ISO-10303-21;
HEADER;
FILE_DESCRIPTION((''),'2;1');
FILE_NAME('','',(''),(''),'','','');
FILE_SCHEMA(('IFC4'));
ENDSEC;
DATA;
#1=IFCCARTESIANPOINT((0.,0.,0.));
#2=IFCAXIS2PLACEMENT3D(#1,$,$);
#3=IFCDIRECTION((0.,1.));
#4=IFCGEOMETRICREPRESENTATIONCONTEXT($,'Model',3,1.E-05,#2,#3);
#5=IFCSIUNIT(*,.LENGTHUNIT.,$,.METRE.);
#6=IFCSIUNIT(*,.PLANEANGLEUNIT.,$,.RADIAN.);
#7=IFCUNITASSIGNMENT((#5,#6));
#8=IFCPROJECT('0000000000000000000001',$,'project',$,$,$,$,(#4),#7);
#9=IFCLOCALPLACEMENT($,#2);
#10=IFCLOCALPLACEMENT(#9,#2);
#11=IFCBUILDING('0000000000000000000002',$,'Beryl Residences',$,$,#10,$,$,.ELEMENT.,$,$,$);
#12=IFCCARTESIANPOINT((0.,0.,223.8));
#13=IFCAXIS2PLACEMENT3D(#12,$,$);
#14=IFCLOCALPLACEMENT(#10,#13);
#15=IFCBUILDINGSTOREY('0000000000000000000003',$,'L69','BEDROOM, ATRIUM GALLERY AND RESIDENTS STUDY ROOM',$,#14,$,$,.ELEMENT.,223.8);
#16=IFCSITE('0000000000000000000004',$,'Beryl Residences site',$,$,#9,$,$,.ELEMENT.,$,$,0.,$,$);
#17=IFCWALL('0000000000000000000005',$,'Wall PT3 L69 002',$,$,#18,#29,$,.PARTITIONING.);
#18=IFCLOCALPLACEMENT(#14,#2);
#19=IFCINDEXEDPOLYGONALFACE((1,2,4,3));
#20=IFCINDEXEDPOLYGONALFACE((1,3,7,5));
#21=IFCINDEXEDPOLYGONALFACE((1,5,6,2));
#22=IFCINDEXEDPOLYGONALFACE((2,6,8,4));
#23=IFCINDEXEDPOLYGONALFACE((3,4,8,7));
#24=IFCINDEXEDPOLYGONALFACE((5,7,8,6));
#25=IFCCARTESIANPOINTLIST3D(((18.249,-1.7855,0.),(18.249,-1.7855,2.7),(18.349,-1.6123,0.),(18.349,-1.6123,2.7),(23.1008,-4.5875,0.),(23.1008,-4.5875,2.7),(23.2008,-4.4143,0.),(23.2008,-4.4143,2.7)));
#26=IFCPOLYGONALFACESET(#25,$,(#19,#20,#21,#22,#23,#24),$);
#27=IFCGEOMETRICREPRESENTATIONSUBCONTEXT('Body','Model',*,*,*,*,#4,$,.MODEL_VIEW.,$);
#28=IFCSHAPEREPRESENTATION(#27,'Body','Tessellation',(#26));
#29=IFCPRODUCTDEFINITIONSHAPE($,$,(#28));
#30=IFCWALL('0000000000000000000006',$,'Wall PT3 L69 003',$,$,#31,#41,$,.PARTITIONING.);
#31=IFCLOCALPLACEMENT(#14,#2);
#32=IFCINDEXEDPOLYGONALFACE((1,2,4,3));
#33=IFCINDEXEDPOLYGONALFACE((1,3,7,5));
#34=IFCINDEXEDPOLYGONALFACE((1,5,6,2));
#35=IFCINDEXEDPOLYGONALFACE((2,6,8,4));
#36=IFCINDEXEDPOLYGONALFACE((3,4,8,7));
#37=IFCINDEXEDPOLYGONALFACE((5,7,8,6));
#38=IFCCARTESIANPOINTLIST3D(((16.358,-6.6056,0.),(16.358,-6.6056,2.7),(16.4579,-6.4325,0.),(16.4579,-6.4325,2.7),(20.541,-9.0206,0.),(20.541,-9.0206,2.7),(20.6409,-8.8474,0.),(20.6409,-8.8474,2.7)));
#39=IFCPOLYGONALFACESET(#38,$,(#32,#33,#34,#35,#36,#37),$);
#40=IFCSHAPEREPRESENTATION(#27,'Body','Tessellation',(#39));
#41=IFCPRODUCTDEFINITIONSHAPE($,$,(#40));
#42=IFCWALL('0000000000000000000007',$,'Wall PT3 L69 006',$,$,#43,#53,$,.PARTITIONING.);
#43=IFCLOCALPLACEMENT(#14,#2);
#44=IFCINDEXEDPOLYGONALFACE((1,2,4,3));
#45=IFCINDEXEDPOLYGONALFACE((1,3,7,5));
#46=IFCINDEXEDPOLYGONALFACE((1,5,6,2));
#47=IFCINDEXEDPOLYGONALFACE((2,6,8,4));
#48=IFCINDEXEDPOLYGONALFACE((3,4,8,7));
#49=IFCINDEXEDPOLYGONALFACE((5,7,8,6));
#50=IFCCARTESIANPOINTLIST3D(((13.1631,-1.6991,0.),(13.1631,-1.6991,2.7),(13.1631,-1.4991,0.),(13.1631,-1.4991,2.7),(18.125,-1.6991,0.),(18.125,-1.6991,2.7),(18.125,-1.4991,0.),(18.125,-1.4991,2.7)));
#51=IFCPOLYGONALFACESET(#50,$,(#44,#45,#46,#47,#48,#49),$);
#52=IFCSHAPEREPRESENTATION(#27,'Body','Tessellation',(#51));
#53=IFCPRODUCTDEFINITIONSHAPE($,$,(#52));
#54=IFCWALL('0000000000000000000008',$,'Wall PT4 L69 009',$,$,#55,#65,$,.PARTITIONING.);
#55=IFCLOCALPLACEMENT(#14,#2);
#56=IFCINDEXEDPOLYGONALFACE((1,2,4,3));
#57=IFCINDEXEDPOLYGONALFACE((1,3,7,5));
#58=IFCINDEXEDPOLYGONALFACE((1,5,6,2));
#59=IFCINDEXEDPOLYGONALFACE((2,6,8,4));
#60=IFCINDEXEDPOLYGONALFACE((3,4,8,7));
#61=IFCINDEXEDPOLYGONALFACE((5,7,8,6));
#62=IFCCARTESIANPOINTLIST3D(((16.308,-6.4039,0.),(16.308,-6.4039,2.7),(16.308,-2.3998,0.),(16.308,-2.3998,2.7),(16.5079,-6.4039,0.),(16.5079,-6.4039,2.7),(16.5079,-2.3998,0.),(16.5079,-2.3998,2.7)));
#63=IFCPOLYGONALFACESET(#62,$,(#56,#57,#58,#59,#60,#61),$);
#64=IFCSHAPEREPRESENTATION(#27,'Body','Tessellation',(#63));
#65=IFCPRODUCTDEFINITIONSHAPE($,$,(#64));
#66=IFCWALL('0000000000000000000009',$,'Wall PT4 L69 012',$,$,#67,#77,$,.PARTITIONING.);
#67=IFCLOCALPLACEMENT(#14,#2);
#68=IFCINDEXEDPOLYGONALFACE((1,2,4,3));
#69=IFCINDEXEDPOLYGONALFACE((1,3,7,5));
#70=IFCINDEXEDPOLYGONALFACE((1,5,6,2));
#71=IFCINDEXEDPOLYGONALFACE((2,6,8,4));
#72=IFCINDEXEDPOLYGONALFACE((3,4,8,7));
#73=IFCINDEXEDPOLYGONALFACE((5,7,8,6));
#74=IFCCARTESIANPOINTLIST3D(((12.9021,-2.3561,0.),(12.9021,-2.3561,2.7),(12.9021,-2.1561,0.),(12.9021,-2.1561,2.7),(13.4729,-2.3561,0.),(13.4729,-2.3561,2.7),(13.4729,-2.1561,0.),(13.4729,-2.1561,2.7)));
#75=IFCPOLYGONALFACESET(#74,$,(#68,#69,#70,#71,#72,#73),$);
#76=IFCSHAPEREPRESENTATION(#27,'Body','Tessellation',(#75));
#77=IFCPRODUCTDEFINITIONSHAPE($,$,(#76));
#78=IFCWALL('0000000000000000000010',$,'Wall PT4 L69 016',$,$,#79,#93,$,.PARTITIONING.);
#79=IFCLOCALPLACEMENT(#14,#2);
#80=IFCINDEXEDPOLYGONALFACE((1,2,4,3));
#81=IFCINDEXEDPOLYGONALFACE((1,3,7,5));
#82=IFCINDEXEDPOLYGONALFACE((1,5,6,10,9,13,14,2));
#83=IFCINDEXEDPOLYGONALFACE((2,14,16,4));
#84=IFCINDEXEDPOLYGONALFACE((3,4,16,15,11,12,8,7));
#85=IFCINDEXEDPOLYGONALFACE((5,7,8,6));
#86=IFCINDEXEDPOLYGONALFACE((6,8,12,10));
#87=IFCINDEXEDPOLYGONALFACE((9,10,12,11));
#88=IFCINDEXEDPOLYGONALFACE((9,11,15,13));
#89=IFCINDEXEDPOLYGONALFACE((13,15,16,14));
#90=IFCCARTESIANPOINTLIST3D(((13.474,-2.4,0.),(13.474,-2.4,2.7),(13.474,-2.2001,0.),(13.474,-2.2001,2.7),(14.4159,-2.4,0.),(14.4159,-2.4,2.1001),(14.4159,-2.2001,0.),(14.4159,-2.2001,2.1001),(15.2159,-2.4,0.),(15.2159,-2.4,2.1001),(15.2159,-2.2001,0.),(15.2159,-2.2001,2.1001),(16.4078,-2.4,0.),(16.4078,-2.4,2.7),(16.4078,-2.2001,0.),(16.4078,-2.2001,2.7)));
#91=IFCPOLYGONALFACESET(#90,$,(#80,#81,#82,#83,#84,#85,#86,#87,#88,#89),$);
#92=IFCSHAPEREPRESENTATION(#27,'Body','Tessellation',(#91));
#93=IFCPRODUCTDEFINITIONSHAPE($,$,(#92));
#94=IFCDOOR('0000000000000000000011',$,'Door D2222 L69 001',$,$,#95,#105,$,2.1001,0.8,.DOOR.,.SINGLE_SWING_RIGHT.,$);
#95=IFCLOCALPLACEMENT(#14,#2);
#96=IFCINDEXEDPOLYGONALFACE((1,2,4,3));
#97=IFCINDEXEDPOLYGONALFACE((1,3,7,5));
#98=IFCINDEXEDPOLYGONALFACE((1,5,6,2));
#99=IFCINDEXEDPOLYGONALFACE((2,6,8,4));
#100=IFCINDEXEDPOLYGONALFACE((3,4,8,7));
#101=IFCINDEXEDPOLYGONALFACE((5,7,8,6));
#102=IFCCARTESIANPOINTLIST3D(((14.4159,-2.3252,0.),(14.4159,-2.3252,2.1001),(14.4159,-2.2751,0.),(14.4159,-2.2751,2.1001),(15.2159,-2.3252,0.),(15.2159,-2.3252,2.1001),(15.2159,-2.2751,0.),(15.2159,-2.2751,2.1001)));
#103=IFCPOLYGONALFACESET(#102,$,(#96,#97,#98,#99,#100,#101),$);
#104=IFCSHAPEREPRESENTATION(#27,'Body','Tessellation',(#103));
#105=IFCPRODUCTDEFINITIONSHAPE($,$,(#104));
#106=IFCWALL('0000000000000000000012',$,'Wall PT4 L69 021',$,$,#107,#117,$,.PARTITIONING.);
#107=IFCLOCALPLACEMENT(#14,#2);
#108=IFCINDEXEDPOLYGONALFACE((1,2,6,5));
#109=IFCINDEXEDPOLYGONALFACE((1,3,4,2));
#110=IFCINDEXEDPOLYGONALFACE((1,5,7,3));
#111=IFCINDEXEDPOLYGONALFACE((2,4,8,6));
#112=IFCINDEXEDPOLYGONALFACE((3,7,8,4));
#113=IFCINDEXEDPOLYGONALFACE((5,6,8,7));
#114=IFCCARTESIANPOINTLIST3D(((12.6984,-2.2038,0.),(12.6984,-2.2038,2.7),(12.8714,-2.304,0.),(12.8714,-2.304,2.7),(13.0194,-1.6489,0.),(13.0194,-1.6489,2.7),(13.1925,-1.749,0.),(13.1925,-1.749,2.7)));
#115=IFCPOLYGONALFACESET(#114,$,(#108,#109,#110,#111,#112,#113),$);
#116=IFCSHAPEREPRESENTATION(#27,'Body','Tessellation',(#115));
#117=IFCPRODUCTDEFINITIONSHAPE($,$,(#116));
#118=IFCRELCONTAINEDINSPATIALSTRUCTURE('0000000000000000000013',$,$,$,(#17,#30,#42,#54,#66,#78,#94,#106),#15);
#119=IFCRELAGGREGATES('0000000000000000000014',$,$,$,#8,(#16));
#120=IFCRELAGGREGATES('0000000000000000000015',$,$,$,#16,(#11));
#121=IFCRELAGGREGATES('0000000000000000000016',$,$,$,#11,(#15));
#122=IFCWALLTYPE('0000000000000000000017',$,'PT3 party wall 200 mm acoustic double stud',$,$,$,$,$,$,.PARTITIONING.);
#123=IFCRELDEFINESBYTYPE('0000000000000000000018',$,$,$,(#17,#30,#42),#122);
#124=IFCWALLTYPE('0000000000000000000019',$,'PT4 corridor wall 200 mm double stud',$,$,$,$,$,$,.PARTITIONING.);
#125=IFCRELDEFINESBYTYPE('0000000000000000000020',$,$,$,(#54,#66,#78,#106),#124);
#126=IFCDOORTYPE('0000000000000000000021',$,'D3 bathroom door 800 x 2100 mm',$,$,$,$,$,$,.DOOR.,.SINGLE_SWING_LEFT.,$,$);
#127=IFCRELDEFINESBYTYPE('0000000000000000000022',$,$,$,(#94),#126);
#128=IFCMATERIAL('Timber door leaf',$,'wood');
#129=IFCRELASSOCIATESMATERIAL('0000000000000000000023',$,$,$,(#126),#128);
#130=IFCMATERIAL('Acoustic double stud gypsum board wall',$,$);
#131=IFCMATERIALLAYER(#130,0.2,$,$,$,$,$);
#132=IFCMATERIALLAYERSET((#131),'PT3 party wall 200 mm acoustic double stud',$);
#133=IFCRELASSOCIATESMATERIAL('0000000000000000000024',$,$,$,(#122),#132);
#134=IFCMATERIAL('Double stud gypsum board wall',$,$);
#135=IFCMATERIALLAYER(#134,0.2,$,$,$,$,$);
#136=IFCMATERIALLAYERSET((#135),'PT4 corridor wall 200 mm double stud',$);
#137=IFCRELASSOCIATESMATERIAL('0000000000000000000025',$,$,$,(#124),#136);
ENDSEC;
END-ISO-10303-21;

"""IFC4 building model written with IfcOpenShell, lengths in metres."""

from ifc_helpers import new_model, si_unit, direction, frame, frame_2d, origin, place, context, subcontext, project, spatial, rectangle, extrude, material, layer, layer_set, type_object, element, fill, save


model = new_model("IFC4")

# Units and contexts
model_context = context("Model", 3, precision=1e-05, world=origin(), true_north=direction((0.0, 1.0)))
body_context = subcontext(model_context, "Body", "Model", "MODEL_VIEW")
ifc_project = project(units=[si_unit("LENGTHUNIT", "METRE"), si_unit("PLANEANGLEUNIT", "RADIAN")], contexts=[model_context])

# Site, building, storey
site_placement = place(None, origin())
site = spatial("IfcSite", under=ifc_project, at=site_placement, Name="Beryl Residences site", CompositionType="ELEMENT", RefElevation=0.0)
building_placement = place(site_placement, origin())
building = spatial("IfcBuilding", under=site, at=building_placement, Name="Beryl Residences", CompositionType="ELEMENT")
storey_placement = place(building_placement, frame((0.0, 0.0, 223.8)))
storey = spatial("IfcBuildingStorey", under=building, at=storey_placement, Name="L69", Description="BEDROOM, ATRIUM GALLERY AND RESIDENTS STUDY ROOM", CompositionType="ELEMENT", Elevation=223.8)

# Shared definitions
ifc_material_1 = material(Name="Timber door leaf", Category="wood")
door_type_1 = type_object("IfcDoorType", Name="D3 bathroom door 800 x 2100 mm", OperationType="SINGLE_SWING_LEFT", PredefinedType="DOOR", material=ifc_material_1)

# Walls
ifc_material_2 = material(Name="Acoustic double stud gypsum board wall")
ifc_layer_1 = layer(ifc_material_2, 0.2)
ifc_layer_set_1 = layer_set([ifc_layer_1], Name="PT3 party wall 200 mm acoustic double stud")
wall_type_1 = type_object("IfcWallType", Name="PT3 party wall 200 mm acoustic double stud", PredefinedType="PARTITIONING", material=ifc_layer_set_1)
wall_1_placement = place(storey_placement, frame((18.2991, -1.699, 0.0), z_axis=(0.0, 0.0, 1.0), x_axis=(0.865963, -0.500108, 0.0)))
element("IfcWall", 1, at=wall_1_placement, inside=storey, type_object=wall_type_1, Name="Wall PT3 L69 002", PredefinedType="PARTITIONING", context=body_context, shape_type="SweptSolid", body=[
    extrude(rectangle(XDim=5.6028, YDim=0.2, at=frame_2d((2.8013, 0.0))), origin(), (0.0, 0.0, 1.0), 2.7),
])
wall_2_placement = place(storey_placement, frame((16.408, -6.519, 0.0), z_axis=(0.0, 0.0, 1.0), x_axis=(0.866032, -0.499988, 0.0)))
element("IfcWall", 2, at=wall_2_placement, inside=storey, type_object=wall_type_1, Name="Wall PT3 L69 003", PredefinedType="PARTITIONING", context=body_context, shape_type="SweptSolid", body=[
    extrude(rectangle(XDim=4.8301, YDim=0.2, at=frame_2d((2.415, 0.0))), origin(), (0.0, 0.0, 1.0), 2.7),
])
wall_3_placement = place(storey_placement, frame((13.1631, -1.5991, 0.0), z_axis=(0.0, 0.0, 1.0), x_axis=(1.0, 0.0, 0.0)))
element("IfcWall", 3, at=wall_3_placement, inside=storey, type_object=wall_type_1, Name="Wall PT3 L69 006", PredefinedType="PARTITIONING", context=body_context, shape_type="SweptSolid", body=[
    extrude(rectangle(XDim=4.9619, YDim=0.2, at=frame_2d((2.481, 0.0))), origin(), (0.0, 0.0, 1.0), 2.7),
])
ifc_material_3 = material(Name="Double stud gypsum board wall")
ifc_layer_2 = layer(ifc_material_3, 0.2)
ifc_layer_set_2 = layer_set([ifc_layer_2], Name="PT4 corridor wall 200 mm double stud")
wall_type_2 = type_object("IfcWallType", Name="PT4 corridor wall 200 mm double stud", PredefinedType="PARTITIONING", material=ifc_layer_set_2)
wall_4_placement = place(storey_placement, frame((16.408, -2.3999, 0.0), z_axis=(0.0, 0.0, 1.0), x_axis=(0.0, -1.0, 0.0)))
element("IfcWall", 4, at=wall_4_placement, inside=storey, type_object=wall_type_2, Name="Wall PT4 L69 009", PredefinedType="PARTITIONING", context=body_context, shape_type="SweptSolid", body=[
    extrude(rectangle(XDim=4.0042, YDim=0.2, at=frame_2d((2.002, 0.0))), origin(), (0.0, 0.0, 1.0), 2.7),
])
wall_5_placement = place(storey_placement, frame((12.9021, -2.2561, 0.0), z_axis=(0.0, 0.0, 1.0), x_axis=(1.0, 0.0, 0.0)))
element("IfcWall", 5, at=wall_5_placement, inside=storey, type_object=wall_type_2, Name="Wall PT4 L69 012", PredefinedType="PARTITIONING", context=body_context, shape_type="SweptSolid", body=[
    extrude(rectangle(XDim=0.5708, YDim=0.2, at=frame_2d((0.2854, 0.0))), origin(), (0.0, 0.0, 1.0), 2.7),
])

# Wall, opening, door
wall_6_placement = place(storey_placement, frame((13.4741, -2.3, 0.0), z_axis=(0.0, 0.0, 1.0), x_axis=(1.0, 0.0, 0.0)))
wall_6 = element("IfcWall", 6, at=wall_6_placement, inside=storey, type_object=wall_type_2, Name="Wall PT4 L69 016", PredefinedType="PARTITIONING", context=body_context, shape_type="SweptSolid", body=[
    extrude(rectangle(XDim=2.9338, YDim=0.2, at=frame_2d((1.4668, 0.0))), origin(), (0.0, 0.0, 1.0), 2.7),
])
opening_1_placement = place(wall_6_placement, frame((0.9419, 0.0, 0.0)))
opening_1 = element("IfcOpeningElement", 7, at=opening_1_placement, cuts=wall_6, PredefinedType="OPENING", context=body_context, shape_type="SweptSolid", body=[
    extrude(rectangle(XDim=0.8, YDim=2.1001, at=frame_2d((0.3999, 1.05))), frame((0.0, 0.1099, 0.0), z_axis=(0.0, -1.0, 0.0), x_axis=(1.0, 0.0, 0.0)), (0.0, 0.0, 1.0), 0.22),
])
door_1_placement = place(opening_1_placement, origin())
door_1 = element("IfcDoor", 8, at=door_1_placement, inside=storey, type_object=door_type_1, Name="Door D2222 L69 001", OperationType="SINGLE_SWING_RIGHT", OverallHeight=2.1001, OverallWidth=0.8, PredefinedType="DOOR", context=body_context, shape_type="SweptSolid", body=[
    extrude(rectangle(XDim=0.8, YDim=2.1001, at=frame_2d((0.3999, 1.05))), frame((0.0, 0.0249, 0.0), z_axis=(0.0, -1.0, 0.0), x_axis=(1.0, 0.0, 0.0)), (0.0, 0.0, 1.0), 0.05),
])
fill(opening_1, door_1)

# Wall
wall_7_placement = place(storey_placement, frame((12.7849, -2.2539, 0.0), z_axis=(0.0, 0.0, 1.0), x_axis=(0.500766, 0.865583, 0.0)))
element("IfcWall", 9, at=wall_7_placement, inside=storey, type_object=wall_type_2, Name="Wall PT4 L69 021", PredefinedType="PARTITIONING", context=body_context, shape_type="SweptSolid", body=[
    extrude(rectangle(XDim=0.6411, YDim=0.2, at=frame_2d((0.3206, 0.0))), origin(), (0.0, 0.0, 1.0), 2.7),
])

save(model, "model.ifc")
